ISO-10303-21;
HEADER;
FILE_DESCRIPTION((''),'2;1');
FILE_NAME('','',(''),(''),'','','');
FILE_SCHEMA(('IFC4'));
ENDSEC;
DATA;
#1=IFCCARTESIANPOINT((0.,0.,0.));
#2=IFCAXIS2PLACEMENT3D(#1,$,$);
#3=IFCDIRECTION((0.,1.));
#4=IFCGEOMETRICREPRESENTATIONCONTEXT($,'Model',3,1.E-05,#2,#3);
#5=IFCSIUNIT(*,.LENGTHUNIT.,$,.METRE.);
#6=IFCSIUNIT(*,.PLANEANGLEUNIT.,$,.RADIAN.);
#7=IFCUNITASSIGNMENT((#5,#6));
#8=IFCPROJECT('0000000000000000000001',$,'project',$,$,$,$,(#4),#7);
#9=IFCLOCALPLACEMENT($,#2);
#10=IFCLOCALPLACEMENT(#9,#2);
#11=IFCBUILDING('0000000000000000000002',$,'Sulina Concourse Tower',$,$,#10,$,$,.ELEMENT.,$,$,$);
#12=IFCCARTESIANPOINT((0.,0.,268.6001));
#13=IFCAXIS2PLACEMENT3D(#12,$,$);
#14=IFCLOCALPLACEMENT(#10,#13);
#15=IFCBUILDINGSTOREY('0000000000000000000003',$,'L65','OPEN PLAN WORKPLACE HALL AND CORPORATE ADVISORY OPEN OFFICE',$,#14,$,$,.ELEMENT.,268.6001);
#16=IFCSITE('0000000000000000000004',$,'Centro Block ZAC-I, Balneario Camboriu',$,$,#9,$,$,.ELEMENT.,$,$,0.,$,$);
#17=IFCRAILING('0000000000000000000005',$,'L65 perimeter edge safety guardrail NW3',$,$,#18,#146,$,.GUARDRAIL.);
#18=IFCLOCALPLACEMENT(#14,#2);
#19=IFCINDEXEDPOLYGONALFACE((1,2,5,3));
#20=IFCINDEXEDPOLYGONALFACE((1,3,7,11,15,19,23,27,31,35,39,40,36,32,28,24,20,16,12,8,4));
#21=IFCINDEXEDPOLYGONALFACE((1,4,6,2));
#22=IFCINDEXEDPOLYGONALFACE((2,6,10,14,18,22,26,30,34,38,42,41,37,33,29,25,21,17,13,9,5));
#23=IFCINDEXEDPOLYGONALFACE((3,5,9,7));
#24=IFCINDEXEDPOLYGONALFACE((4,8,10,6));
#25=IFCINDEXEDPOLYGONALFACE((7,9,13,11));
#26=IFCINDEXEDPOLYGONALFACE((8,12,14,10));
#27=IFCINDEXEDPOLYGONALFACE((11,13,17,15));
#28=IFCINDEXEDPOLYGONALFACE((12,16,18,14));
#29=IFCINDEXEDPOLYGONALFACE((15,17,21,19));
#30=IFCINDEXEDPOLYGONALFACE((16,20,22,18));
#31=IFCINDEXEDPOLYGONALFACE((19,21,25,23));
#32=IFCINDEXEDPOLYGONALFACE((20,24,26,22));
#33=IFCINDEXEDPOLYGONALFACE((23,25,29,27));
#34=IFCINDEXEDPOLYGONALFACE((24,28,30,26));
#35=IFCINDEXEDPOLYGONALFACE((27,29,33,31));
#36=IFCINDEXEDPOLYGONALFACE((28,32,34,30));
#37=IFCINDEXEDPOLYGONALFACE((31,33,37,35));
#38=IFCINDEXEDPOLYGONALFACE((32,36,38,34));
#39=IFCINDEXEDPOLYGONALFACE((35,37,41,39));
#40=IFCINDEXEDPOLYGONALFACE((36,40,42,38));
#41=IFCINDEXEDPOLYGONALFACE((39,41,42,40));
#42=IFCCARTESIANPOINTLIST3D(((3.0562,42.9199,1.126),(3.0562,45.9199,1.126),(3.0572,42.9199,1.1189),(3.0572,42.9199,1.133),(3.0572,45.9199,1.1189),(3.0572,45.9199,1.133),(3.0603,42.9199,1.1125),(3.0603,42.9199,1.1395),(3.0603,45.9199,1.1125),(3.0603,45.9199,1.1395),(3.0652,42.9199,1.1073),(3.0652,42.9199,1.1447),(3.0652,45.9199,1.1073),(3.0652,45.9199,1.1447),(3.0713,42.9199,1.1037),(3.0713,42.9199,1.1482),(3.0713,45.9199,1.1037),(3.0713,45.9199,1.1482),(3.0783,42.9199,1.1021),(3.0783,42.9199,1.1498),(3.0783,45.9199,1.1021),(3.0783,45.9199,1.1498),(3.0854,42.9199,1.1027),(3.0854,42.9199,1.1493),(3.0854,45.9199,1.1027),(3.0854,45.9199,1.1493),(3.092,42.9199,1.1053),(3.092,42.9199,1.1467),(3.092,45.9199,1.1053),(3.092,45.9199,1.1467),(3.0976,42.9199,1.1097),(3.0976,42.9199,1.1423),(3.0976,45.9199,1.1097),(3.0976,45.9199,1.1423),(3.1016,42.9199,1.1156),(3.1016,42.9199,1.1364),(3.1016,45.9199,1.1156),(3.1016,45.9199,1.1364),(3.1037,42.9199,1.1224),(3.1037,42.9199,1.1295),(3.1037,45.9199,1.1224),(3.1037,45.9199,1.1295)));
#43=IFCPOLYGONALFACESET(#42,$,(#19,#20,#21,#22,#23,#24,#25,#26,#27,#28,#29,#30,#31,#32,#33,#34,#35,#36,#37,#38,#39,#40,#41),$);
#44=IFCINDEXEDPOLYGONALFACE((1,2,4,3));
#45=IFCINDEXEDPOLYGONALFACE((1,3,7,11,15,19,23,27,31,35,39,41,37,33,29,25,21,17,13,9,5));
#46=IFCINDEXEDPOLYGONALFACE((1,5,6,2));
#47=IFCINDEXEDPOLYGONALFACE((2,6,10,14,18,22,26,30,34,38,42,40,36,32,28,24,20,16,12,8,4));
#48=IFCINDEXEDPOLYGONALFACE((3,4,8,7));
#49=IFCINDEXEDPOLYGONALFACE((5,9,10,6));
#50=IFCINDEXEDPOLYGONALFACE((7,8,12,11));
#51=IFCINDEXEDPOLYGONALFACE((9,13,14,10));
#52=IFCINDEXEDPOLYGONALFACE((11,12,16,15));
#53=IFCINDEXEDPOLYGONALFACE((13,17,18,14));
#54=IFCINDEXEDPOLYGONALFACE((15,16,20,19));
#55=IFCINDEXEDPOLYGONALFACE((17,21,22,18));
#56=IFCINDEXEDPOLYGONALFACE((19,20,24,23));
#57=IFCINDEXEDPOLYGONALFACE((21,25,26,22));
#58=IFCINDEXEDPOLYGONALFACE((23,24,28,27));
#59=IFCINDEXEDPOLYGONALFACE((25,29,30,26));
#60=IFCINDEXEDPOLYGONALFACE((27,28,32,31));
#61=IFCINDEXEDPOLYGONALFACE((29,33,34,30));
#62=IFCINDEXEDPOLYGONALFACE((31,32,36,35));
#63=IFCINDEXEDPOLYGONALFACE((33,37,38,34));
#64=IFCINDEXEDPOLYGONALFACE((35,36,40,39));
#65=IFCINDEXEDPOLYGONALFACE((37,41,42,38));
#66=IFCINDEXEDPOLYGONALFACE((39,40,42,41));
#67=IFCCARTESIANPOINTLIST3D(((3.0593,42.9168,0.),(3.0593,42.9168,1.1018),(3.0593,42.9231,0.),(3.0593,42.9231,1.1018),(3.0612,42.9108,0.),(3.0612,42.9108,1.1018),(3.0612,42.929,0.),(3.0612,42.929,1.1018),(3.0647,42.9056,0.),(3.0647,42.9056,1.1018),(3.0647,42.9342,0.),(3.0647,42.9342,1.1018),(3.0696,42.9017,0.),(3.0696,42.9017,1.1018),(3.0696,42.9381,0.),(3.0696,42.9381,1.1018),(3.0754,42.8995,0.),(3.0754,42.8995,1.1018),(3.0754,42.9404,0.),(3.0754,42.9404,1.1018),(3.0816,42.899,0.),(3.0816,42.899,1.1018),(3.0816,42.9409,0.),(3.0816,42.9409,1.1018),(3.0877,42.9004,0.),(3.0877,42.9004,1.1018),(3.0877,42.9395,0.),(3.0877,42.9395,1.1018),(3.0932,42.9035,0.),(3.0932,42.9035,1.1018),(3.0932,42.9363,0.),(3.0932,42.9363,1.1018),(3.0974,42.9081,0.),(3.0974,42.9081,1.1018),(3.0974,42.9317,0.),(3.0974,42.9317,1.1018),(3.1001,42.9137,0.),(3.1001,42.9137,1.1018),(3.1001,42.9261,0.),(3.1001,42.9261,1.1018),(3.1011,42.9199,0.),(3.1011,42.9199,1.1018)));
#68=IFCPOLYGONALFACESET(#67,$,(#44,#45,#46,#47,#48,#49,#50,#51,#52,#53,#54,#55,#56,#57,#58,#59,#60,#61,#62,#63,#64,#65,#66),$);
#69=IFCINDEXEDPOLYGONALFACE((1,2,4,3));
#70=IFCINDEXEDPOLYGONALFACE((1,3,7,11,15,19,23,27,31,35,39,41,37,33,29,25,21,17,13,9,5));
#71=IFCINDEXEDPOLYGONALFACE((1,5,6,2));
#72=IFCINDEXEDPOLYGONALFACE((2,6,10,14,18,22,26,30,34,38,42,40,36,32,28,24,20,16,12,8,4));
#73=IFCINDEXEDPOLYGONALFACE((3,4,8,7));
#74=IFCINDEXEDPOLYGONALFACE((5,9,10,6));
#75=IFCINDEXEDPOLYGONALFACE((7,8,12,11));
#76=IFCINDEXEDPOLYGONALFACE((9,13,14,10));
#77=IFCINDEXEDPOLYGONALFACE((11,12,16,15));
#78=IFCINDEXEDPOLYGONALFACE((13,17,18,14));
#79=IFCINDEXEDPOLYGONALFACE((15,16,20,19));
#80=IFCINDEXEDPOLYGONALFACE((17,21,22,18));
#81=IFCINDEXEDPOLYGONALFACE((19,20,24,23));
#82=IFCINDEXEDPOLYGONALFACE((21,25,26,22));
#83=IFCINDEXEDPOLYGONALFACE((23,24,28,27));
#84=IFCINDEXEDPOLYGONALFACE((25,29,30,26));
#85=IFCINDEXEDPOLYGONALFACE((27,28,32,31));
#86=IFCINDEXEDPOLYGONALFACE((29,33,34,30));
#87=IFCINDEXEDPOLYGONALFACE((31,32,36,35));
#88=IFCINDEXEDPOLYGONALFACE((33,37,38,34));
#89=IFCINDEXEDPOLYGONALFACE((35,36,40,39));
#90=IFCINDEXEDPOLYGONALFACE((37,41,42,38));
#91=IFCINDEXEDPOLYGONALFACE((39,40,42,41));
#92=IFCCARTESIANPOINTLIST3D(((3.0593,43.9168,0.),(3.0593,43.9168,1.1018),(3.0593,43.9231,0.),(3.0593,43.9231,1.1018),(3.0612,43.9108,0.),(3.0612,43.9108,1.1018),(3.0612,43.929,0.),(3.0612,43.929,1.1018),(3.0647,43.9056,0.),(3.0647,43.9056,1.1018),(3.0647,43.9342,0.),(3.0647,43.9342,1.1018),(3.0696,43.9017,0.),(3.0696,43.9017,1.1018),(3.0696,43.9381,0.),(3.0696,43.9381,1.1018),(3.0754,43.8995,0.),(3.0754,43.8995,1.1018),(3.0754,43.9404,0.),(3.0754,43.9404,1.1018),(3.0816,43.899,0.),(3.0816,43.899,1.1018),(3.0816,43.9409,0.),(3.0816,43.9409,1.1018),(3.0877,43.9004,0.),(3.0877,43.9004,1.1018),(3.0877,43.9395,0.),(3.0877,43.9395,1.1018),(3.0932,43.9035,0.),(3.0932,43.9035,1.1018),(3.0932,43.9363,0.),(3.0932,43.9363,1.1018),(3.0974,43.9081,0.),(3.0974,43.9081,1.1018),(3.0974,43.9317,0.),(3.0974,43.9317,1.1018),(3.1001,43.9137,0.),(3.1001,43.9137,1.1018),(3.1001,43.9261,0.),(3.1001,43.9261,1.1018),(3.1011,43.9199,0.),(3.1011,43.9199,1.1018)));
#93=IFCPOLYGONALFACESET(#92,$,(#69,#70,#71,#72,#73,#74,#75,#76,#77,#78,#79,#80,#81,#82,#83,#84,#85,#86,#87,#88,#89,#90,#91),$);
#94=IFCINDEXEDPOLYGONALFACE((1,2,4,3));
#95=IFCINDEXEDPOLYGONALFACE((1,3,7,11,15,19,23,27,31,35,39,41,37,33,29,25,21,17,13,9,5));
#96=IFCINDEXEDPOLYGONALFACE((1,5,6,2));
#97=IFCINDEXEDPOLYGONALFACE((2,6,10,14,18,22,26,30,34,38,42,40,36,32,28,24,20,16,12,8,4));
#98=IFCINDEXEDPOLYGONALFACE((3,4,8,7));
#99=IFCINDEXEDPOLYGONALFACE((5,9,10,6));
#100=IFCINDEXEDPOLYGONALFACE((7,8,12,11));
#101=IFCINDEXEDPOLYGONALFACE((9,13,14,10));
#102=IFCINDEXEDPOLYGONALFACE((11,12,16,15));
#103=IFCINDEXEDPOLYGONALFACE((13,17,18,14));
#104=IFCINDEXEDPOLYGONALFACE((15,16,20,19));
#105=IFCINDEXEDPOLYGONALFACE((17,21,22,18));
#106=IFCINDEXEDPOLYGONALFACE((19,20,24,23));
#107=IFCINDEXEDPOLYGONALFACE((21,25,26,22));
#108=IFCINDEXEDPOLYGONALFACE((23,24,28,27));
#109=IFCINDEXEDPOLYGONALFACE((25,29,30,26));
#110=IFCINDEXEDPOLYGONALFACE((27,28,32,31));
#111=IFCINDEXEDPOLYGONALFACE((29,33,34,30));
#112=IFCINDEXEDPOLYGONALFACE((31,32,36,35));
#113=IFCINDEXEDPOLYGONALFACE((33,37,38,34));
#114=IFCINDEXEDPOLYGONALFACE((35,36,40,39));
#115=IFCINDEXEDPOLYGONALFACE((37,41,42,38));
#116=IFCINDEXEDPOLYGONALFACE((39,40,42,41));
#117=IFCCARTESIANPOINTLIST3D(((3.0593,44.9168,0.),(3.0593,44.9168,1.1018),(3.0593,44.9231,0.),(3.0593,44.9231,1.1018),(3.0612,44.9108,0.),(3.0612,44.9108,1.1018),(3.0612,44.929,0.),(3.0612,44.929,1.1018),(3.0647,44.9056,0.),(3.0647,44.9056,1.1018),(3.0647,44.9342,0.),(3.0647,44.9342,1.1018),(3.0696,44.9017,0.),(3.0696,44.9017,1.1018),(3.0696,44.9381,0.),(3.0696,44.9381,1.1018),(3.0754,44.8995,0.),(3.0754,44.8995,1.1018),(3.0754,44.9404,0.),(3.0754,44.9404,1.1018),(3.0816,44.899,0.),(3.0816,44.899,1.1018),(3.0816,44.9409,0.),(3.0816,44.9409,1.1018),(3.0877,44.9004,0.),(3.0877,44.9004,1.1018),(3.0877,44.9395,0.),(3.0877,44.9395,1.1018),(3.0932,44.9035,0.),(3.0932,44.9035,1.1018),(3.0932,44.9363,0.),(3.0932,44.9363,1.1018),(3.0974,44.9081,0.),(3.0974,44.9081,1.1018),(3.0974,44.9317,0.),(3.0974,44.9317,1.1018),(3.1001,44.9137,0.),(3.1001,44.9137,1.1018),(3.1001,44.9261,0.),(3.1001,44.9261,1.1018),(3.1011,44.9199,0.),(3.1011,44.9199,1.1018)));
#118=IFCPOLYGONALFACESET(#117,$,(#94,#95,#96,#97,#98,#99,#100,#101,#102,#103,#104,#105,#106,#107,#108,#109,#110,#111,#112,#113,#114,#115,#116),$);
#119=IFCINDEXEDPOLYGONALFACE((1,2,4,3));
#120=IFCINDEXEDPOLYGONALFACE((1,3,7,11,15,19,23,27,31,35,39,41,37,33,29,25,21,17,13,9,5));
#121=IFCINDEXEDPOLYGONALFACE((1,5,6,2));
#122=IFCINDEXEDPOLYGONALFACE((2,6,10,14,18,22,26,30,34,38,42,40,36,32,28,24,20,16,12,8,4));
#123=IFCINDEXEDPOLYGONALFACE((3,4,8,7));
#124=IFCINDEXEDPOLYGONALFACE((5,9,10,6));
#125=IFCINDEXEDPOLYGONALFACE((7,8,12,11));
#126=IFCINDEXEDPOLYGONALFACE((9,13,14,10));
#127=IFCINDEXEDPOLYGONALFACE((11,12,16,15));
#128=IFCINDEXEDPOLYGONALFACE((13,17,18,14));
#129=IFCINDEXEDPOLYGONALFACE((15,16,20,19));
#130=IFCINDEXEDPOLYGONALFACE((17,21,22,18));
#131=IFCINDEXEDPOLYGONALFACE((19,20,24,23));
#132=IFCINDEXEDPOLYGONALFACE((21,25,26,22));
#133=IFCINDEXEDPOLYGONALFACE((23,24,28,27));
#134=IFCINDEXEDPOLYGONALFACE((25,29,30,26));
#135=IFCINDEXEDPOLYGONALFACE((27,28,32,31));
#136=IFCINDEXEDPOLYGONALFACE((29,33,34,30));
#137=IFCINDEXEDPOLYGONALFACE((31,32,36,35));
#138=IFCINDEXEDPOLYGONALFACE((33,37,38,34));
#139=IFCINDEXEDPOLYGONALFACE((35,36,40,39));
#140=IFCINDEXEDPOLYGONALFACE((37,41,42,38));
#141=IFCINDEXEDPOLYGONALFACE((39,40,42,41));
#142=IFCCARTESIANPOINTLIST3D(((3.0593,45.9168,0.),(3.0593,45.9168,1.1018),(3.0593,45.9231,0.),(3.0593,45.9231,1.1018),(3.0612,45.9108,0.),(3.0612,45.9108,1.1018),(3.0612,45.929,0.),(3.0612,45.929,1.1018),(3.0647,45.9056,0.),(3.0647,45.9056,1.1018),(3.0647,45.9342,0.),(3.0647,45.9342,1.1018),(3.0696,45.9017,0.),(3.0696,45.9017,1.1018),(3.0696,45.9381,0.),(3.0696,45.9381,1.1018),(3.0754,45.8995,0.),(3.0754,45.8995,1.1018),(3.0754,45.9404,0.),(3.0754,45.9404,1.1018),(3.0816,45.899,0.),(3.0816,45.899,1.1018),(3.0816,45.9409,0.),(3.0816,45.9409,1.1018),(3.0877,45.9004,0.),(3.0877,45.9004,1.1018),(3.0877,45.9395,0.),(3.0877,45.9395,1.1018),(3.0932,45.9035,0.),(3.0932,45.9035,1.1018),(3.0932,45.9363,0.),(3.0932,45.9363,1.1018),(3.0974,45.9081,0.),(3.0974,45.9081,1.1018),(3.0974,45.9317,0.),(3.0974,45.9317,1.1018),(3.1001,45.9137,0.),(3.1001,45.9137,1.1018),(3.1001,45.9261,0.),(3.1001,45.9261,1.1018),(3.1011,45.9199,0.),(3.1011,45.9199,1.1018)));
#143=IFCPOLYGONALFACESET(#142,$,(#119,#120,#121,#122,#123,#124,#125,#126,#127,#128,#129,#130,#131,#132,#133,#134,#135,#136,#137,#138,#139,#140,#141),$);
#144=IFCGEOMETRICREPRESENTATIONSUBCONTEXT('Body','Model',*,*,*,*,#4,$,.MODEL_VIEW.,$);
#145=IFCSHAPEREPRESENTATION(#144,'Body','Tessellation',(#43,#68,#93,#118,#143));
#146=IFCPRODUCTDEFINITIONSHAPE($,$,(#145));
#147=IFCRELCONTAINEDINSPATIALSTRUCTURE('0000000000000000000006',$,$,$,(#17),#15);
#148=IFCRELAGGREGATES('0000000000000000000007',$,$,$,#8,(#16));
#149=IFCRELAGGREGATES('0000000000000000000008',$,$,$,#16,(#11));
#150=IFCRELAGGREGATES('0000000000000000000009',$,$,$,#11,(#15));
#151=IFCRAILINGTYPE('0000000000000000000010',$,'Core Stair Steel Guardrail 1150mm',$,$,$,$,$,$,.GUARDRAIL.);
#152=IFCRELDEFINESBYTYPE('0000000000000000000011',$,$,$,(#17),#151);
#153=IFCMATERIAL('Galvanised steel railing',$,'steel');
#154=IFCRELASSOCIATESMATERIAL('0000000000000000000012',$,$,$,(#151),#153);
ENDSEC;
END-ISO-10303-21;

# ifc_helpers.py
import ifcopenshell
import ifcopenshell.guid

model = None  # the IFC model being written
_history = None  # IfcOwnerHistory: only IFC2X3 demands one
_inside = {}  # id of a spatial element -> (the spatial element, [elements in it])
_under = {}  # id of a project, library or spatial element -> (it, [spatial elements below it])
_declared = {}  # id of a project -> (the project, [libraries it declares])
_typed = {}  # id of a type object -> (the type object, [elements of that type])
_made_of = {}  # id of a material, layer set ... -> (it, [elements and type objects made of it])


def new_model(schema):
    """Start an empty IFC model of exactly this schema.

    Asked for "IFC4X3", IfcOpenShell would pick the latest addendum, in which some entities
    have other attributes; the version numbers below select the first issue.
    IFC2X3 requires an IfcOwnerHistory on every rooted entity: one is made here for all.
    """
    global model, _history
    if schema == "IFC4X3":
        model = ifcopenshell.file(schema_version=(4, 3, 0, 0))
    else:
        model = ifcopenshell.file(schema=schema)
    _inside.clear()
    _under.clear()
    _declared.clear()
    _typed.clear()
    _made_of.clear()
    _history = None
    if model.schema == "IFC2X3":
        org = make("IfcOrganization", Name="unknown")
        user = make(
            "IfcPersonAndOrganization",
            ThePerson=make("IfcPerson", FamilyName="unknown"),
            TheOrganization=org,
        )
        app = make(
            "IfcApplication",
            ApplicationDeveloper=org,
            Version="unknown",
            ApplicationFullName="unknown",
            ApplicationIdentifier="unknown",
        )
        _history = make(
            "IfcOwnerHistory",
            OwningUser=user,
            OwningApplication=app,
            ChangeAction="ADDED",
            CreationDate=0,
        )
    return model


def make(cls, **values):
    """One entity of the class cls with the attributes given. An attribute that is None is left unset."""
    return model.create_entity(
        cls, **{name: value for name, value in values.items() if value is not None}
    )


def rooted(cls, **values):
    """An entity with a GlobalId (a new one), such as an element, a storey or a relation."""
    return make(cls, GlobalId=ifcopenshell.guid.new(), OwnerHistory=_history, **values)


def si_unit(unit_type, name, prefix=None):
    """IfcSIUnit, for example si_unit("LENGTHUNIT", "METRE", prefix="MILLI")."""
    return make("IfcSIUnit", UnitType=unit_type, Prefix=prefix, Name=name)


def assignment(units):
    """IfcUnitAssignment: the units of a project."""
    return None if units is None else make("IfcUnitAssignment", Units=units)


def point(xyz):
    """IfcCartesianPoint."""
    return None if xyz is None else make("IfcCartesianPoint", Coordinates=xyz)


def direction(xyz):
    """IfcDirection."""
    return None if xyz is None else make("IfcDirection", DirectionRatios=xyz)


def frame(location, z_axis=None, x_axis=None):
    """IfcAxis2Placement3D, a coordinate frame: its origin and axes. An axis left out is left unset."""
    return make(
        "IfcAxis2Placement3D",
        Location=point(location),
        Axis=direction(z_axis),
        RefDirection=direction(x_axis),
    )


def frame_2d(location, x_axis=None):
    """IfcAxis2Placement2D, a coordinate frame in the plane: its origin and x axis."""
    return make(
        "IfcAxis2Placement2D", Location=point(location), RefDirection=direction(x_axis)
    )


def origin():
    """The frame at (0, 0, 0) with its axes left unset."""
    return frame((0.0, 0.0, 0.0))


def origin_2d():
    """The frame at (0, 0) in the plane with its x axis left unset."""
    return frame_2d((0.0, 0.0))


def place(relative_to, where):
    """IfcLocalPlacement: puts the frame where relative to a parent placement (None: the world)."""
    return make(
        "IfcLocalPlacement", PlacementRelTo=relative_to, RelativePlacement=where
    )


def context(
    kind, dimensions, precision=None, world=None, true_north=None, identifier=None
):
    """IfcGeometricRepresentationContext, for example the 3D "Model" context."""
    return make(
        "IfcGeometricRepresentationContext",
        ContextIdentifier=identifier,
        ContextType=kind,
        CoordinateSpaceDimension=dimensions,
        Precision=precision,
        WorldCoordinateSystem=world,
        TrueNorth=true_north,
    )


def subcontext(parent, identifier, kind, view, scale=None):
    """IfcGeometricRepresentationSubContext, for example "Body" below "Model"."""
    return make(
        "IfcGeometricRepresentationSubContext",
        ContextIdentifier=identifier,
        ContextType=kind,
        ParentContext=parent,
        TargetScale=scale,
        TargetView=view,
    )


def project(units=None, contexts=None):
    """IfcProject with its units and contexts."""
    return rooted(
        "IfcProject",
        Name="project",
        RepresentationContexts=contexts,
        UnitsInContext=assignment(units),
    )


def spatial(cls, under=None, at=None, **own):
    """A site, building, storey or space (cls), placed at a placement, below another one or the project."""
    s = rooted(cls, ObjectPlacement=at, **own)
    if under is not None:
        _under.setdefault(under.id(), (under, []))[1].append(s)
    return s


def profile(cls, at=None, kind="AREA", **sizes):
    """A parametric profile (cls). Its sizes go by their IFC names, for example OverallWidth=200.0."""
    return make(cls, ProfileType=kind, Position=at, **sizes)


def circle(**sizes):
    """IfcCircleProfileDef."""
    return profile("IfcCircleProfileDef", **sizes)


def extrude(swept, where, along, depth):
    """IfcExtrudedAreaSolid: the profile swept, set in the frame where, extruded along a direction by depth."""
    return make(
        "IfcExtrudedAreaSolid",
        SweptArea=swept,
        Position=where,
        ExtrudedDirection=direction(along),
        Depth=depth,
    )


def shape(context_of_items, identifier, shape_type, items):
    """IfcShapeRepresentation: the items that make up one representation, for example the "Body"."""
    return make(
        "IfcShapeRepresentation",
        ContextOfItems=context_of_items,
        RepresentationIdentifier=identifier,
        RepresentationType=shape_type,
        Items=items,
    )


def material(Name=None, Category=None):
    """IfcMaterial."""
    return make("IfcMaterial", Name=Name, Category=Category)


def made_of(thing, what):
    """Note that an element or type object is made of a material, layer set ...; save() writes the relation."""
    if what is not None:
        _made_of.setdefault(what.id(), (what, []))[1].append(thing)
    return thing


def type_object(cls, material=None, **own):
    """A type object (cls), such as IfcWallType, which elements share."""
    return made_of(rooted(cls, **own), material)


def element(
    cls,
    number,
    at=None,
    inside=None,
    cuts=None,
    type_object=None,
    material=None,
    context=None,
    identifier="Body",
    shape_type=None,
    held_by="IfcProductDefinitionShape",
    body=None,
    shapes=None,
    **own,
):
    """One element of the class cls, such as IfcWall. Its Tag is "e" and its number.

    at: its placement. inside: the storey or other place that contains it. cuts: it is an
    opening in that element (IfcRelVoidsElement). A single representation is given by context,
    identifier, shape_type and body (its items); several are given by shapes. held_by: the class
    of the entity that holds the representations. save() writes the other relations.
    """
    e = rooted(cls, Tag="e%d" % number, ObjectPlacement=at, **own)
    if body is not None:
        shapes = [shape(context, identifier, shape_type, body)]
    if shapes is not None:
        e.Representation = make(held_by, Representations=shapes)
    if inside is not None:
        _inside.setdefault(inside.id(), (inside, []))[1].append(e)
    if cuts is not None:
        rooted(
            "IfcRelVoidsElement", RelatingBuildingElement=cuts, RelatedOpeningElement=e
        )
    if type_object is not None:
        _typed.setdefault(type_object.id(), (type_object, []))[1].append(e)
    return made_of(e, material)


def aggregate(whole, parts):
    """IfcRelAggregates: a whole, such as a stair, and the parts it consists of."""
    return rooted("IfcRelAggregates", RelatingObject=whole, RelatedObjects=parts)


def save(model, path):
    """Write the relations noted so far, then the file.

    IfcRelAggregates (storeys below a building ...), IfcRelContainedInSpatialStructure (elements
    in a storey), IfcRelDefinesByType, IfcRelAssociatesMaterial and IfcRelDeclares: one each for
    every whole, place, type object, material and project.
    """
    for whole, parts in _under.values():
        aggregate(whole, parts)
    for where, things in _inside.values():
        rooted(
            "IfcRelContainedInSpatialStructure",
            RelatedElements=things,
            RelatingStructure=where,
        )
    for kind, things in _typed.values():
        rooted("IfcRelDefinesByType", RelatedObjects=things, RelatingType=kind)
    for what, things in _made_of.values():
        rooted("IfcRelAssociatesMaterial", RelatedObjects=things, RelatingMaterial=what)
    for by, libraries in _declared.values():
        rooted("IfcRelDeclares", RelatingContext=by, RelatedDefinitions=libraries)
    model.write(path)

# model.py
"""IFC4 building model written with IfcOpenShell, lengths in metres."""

from ifc_helpers import new_model, si_unit, direction, frame, origin, origin_2d, place, context, subcontext, project, spatial, circle, extrude, material, type_object, element, save


model = new_model("IFC4")

# Units and contexts
model_context = context("Model", 3, precision=1e-05, world=origin(), true_north=direction((0.0, 1.0)))
body_context = subcontext(model_context, "Body", "Model", "MODEL_VIEW")
ifc_project = project(units=[si_unit("LENGTHUNIT", "METRE"), si_unit("PLANEANGLEUNIT", "RADIAN")], contexts=[model_context])

# Site, building, storey
site_placement = place(None, origin())
site = spatial("IfcSite", under=ifc_project, at=site_placement, Name="Centro Block ZAC-I, Balneario Camboriu", CompositionType="ELEMENT", RefElevation=0.0)
building_placement = place(site_placement, origin())
building = spatial("IfcBuilding", under=site, at=building_placement, Name="Sulina Concourse Tower", CompositionType="ELEMENT")
storey_placement = place(building_placement, frame((0.0, 0.0, 268.6001)))
storey = spatial("IfcBuildingStorey", under=building, at=storey_placement, Name="L65", Description="OPEN PLAN WORKPLACE HALL AND CORPORATE ADVISORY OPEN OFFICE", CompositionType="ELEMENT", Elevation=268.6001)

# Railing
ifc_material_1 = material(Name="Galvanised steel railing", Category="steel")
railing_type_1 = type_object("IfcRailingType", Name="Core Stair Steel Guardrail 1150mm", PredefinedType="GUARDRAIL", material=ifc_material_1)
railing_1_placement = place(storey_placement, frame((3.0801, 42.9199, 0.0)))
element("IfcRailing", 1, at=railing_1_placement, inside=storey, type_object=railing_type_1, Name="L65 perimeter edge safety guardrail NW3", PredefinedType="GUARDRAIL", context=body_context, shape_type="SweptSolid", body=[
    extrude(circle(Radius=0.0239, at=origin_2d()), frame((0.0, 0.0, 1.126), z_axis=(0.0, 1.0, 0.0), x_axis=(-1.0, 0.0, 0.0)), (0.0, 0.0, 1.0), 3.0),
    extrude(circle(Radius=0.021, at=origin_2d()), origin(), (0.0, 0.0, 1.0), 1.1018),
    extrude(circle(Radius=0.021, at=origin_2d()), frame((0.0, 1.0, 0.0)), (0.0, 0.0, 1.0), 1.1018),
    extrude(circle(Radius=0.021, at=origin_2d()), frame((0.0, 2.0, 0.0)), (0.0, 0.0, 1.0), 1.1018),
    extrude(circle(Radius=0.021, at=origin_2d()), frame((0.0, 3.0, 0.0)), (0.0, 0.0, 1.0), 1.1018),
])

save(model, "model.ifc")
